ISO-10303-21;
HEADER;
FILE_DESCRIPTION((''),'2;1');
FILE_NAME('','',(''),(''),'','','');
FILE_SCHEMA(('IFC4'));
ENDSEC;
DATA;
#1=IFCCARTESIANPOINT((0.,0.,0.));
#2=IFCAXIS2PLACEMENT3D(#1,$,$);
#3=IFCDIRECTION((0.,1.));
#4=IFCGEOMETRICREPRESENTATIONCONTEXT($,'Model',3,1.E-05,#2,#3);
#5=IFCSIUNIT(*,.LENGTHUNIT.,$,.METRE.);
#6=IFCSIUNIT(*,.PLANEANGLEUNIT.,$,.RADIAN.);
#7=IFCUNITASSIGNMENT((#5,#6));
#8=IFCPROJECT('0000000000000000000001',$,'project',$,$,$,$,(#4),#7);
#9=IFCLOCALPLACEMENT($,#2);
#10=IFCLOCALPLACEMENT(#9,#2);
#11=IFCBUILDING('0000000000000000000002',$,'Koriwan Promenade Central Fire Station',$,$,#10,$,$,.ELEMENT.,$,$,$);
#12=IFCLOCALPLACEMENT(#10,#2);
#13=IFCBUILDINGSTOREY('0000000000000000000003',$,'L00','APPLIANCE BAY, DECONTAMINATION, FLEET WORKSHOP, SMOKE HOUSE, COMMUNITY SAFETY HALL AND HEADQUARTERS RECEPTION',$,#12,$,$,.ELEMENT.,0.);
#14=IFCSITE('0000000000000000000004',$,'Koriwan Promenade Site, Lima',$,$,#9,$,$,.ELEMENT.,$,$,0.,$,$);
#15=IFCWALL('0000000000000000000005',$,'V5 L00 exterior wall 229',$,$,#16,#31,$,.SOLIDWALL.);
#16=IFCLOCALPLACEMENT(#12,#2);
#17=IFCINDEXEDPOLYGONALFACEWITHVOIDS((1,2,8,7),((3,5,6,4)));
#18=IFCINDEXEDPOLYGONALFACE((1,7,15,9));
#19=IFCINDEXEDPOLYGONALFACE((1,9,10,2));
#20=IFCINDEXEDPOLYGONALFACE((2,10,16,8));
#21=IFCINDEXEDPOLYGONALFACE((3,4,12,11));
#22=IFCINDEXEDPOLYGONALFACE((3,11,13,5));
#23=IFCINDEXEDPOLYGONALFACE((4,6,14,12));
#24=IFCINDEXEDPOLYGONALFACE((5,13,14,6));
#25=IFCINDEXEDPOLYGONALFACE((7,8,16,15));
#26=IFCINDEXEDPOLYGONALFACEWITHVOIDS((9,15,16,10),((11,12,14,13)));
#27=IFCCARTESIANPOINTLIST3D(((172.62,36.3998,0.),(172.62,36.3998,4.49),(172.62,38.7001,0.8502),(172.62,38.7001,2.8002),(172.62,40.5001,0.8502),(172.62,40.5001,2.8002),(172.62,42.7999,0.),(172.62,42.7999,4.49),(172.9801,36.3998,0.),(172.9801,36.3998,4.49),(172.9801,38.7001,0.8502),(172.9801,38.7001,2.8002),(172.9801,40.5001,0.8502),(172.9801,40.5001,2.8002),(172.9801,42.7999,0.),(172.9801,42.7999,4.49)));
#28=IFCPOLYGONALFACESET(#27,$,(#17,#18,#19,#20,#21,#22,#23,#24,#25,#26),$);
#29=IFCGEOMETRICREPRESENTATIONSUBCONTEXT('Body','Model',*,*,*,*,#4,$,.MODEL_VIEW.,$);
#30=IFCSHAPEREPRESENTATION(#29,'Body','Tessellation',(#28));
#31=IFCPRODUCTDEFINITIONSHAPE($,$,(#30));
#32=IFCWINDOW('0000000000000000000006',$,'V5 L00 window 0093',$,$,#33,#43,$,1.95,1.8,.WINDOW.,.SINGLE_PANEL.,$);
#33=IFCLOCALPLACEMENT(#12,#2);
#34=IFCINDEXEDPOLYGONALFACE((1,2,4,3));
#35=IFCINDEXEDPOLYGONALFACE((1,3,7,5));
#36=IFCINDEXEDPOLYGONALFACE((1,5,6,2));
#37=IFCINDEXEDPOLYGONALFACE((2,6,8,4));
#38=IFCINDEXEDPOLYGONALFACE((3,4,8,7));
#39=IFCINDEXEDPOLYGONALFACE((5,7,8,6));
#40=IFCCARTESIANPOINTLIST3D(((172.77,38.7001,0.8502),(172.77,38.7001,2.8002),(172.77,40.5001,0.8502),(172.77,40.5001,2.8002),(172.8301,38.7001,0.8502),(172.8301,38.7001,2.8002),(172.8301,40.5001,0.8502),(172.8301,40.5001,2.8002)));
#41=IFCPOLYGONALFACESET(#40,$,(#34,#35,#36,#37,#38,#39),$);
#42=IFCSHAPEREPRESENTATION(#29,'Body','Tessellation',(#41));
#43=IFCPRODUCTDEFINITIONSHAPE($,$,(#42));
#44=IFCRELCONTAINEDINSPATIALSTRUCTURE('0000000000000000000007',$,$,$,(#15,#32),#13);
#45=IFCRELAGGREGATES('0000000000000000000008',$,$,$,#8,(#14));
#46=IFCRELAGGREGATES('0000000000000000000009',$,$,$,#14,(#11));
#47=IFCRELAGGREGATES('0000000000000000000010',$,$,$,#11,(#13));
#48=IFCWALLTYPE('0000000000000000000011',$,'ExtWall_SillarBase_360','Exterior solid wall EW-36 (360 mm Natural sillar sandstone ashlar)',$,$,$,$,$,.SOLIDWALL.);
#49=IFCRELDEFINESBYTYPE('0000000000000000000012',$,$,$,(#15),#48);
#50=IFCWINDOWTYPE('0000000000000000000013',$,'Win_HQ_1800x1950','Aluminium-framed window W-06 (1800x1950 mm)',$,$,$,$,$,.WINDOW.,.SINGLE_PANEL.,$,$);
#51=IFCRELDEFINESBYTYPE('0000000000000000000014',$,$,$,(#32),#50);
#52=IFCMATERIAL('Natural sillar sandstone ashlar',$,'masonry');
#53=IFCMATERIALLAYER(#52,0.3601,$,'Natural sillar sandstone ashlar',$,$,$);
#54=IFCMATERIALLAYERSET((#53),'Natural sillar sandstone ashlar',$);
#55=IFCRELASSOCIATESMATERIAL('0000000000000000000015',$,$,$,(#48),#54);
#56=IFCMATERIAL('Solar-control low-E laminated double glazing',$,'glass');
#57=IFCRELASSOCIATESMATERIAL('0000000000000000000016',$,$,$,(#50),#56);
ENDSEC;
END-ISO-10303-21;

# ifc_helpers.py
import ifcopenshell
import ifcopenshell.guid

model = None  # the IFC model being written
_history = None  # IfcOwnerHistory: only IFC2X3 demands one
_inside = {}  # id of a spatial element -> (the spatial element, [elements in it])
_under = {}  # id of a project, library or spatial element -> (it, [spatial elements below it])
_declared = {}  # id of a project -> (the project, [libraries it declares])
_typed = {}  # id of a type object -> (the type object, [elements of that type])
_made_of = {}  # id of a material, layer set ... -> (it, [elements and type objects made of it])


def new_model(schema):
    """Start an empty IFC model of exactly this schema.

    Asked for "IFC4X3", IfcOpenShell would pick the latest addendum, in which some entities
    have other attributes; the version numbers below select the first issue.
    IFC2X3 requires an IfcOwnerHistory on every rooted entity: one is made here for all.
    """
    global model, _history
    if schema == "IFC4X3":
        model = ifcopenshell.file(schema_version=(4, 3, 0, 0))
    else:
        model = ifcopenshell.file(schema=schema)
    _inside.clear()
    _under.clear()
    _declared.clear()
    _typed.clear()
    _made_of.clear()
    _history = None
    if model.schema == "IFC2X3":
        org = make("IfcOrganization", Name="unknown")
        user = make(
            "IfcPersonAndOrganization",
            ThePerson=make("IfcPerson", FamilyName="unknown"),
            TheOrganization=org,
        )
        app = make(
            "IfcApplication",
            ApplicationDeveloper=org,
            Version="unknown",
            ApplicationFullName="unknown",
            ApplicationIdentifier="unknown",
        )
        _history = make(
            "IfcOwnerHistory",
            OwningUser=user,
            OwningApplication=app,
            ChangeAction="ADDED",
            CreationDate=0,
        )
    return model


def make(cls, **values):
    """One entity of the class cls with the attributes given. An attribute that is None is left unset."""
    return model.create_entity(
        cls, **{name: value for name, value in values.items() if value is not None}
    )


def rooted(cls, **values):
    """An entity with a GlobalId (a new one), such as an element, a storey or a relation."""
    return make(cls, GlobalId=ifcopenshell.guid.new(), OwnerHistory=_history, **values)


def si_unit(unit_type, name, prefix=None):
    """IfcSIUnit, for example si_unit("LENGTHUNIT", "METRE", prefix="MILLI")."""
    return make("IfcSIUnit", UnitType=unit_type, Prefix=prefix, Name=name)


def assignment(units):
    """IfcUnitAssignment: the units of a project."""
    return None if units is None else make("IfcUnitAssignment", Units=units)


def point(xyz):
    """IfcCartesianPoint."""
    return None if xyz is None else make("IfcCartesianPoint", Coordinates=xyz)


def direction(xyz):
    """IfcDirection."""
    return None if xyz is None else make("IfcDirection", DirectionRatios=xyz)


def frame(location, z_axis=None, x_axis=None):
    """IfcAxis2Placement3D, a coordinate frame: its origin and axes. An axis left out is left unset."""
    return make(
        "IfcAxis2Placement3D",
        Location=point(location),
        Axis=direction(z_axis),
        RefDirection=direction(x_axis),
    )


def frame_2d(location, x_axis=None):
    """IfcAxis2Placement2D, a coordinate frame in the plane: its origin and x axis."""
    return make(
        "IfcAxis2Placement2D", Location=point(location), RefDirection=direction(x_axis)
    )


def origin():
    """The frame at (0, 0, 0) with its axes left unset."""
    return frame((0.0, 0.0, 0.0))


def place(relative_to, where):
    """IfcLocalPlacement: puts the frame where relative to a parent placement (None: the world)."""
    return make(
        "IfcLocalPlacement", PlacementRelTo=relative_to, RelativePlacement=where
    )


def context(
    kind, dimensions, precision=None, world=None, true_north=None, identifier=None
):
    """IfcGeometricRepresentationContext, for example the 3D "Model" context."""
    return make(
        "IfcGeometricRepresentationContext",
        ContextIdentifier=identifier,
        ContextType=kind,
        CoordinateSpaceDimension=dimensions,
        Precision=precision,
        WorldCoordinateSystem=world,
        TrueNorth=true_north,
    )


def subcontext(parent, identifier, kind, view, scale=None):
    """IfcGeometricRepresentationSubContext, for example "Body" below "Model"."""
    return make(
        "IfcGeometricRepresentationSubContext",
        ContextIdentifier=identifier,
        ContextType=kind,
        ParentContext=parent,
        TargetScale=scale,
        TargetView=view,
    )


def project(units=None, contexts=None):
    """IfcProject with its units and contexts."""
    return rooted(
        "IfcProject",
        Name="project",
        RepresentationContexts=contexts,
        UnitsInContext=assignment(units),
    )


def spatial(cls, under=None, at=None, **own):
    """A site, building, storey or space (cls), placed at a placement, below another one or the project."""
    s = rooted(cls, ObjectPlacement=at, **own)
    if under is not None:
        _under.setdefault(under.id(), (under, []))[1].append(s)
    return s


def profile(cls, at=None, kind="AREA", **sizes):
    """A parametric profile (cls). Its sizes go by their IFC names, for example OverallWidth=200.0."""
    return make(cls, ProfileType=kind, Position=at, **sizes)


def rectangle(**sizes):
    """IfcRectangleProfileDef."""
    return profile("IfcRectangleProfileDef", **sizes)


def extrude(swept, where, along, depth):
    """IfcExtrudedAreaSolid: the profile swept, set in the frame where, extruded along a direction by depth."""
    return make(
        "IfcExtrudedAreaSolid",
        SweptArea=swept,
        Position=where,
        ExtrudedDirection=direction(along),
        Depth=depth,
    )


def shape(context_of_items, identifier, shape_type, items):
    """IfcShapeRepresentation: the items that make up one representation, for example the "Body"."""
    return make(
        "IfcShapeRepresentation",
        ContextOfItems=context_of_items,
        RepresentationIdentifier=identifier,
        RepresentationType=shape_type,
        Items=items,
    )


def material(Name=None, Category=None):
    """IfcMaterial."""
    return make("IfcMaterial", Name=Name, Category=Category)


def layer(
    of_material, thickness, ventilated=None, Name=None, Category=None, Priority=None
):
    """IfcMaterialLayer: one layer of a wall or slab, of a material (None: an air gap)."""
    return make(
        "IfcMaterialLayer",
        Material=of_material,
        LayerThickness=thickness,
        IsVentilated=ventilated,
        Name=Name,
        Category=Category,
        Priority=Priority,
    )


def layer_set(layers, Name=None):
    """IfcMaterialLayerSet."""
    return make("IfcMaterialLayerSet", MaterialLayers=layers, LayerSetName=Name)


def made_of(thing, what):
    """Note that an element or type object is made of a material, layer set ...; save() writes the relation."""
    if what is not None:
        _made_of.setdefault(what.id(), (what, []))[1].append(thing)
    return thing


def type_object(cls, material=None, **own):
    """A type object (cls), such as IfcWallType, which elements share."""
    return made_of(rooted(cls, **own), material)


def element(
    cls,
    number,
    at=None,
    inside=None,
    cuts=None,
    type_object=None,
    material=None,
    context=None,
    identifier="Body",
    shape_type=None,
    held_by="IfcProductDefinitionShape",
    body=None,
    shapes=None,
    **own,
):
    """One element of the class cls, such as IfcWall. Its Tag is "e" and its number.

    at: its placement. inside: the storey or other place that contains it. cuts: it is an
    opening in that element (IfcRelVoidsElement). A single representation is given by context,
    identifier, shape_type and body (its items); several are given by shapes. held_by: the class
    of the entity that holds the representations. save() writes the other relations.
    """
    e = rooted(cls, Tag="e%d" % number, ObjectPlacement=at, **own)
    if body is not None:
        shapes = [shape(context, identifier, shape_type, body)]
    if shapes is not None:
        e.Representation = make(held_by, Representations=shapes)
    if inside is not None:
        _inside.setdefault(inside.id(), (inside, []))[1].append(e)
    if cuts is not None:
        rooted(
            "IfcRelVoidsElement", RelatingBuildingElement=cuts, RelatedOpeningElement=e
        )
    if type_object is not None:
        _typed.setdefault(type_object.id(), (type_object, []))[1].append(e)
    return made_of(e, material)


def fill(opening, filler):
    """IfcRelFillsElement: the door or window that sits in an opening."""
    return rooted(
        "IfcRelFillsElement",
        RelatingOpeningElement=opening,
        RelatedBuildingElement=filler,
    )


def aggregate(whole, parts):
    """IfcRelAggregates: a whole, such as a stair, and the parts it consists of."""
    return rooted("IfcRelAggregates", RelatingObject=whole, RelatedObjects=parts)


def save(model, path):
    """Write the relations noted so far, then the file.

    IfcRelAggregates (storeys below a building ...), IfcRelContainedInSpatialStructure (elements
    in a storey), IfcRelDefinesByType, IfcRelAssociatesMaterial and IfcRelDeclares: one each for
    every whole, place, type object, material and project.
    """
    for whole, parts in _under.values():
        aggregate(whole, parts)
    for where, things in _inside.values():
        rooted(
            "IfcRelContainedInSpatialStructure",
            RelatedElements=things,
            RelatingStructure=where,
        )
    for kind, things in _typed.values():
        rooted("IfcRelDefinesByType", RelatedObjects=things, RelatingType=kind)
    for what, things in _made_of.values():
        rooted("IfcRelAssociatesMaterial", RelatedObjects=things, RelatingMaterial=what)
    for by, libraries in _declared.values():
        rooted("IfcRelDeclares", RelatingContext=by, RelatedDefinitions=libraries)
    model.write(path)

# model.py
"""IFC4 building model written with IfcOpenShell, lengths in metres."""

from ifc_helpers import new_model, si_unit, direction, frame, frame_2d, origin, place, context, subcontext, project, spatial, rectangle, extrude, material, layer, layer_set, type_object, element, fill, save


model = new_model("IFC4")

# Units and contexts
model_context = context("Model", 3, precision=1e-05, world=origin(), true_north=direction((0.0, 1.0)))
body_context = subcontext(model_context, "Body", "Model", "MODEL_VIEW")
ifc_project = project(units=[si_unit("LENGTHUNIT", "METRE"), si_unit("PLANEANGLEUNIT", "RADIAN")], contexts=[model_context])

# Site, building, storey
site_placement = place(None, origin())
site = spatial("IfcSite", under=ifc_project, at=site_placement, Name="Koriwan Promenade Site, Lima", CompositionType="ELEMENT", RefElevation=0.0)
building_placement = place(site_placement, origin())
building = spatial("IfcBuilding", under=site, at=building_placement, Name="Koriwan Promenade Central Fire Station", CompositionType="ELEMENT")
storey_placement = place(building_placement, origin())
storey = spatial("IfcBuildingStorey", under=building, at=storey_placement, Name="L00", Description="APPLIANCE BAY, DECONTAMINATION, FLEET WORKSHOP, SMOKE HOUSE, COMMUNITY SAFETY HALL AND HEADQUARTERS RECEPTION", CompositionType="ELEMENT", Elevation=0.0)

# Wall, opening, window
ifc_material_1 = material(Name="Natural sillar sandstone ashlar", Category="masonry")
ifc_layer_1 = layer(ifc_material_1, 0.3601, Name="Natural sillar sandstone ashlar")
ifc_layer_set_1 = layer_set([ifc_layer_1], Name="Natural sillar sandstone ashlar")
wall_type = type_object("IfcWallType", Name="ExtWall_SillarBase_360", Description="Exterior solid wall EW-36 (360 mm Natural sillar sandstone ashlar)", PredefinedType="SOLIDWALL", material=ifc_layer_set_1)
wall_placement = place(storey_placement, frame((172.8, 42.8, 0.0), z_axis=(0.0, 0.0, 1.0), x_axis=(0.0, -1.0, 0.0)))
wall = element("IfcWall", 1, at=wall_placement, inside=storey, type_object=wall_type, Name="V5 L00 exterior wall 229", PredefinedType="SOLIDWALL", context=body_context, shape_type="SweptSolid", body=[
    extrude(rectangle(XDim=6.4001, YDim=0.3601, at=frame_2d((3.2002, 0.0))), origin(), (0.0, 0.0, 1.0), 4.49),
])
opening_placement = place(wall_placement, frame((2.3, 0.0, 0.8501)))
opening = element("IfcOpeningElement", 2, at=opening_placement, cuts=wall, PredefinedType="OPENING", context=body_context, shape_type="SweptSolid", body=[
    extrude(rectangle(XDim=1.8, YDim=1.95, at=frame_2d((0.8999, 0.9751))), frame((0.0, 0.1919, 0.0), z_axis=(0.0, -1.0, 0.0), x_axis=(1.0, 0.0, 0.0)), (0.0, 0.0, 1.0), 0.384),
])
ifc_material_2 = material(Name="Solar-control low-E laminated double glazing", Category="glass")
window_type = type_object("IfcWindowType", Name="Win_HQ_1800x1950", Description="Aluminium-framed window W-06 (1800x1950 mm)", PartitioningType="SINGLE_PANEL", PredefinedType="WINDOW", material=ifc_material_2)
window_placement = place(opening_placement, origin())
window = element("IfcWindow", 3, at=window_placement, inside=storey, type_object=window_type, Name="V5 L00 window 0093", OverallHeight=1.95, OverallWidth=1.8, PartitioningType="SINGLE_PANEL", PredefinedType="WINDOW", context=body_context, shape_type="SweptSolid", body=[
    extrude(rectangle(XDim=1.8, YDim=1.95, at=frame_2d((0.8999, 0.9751))), frame((0.0, 0.03, 0.0), z_axis=(0.0, -1.0, 0.0), x_axis=(1.0, 0.0, 0.0)), (0.0, 0.0, 1.0), 0.0601),
])
fill(opening, window)

save(model, "model.ifc")
